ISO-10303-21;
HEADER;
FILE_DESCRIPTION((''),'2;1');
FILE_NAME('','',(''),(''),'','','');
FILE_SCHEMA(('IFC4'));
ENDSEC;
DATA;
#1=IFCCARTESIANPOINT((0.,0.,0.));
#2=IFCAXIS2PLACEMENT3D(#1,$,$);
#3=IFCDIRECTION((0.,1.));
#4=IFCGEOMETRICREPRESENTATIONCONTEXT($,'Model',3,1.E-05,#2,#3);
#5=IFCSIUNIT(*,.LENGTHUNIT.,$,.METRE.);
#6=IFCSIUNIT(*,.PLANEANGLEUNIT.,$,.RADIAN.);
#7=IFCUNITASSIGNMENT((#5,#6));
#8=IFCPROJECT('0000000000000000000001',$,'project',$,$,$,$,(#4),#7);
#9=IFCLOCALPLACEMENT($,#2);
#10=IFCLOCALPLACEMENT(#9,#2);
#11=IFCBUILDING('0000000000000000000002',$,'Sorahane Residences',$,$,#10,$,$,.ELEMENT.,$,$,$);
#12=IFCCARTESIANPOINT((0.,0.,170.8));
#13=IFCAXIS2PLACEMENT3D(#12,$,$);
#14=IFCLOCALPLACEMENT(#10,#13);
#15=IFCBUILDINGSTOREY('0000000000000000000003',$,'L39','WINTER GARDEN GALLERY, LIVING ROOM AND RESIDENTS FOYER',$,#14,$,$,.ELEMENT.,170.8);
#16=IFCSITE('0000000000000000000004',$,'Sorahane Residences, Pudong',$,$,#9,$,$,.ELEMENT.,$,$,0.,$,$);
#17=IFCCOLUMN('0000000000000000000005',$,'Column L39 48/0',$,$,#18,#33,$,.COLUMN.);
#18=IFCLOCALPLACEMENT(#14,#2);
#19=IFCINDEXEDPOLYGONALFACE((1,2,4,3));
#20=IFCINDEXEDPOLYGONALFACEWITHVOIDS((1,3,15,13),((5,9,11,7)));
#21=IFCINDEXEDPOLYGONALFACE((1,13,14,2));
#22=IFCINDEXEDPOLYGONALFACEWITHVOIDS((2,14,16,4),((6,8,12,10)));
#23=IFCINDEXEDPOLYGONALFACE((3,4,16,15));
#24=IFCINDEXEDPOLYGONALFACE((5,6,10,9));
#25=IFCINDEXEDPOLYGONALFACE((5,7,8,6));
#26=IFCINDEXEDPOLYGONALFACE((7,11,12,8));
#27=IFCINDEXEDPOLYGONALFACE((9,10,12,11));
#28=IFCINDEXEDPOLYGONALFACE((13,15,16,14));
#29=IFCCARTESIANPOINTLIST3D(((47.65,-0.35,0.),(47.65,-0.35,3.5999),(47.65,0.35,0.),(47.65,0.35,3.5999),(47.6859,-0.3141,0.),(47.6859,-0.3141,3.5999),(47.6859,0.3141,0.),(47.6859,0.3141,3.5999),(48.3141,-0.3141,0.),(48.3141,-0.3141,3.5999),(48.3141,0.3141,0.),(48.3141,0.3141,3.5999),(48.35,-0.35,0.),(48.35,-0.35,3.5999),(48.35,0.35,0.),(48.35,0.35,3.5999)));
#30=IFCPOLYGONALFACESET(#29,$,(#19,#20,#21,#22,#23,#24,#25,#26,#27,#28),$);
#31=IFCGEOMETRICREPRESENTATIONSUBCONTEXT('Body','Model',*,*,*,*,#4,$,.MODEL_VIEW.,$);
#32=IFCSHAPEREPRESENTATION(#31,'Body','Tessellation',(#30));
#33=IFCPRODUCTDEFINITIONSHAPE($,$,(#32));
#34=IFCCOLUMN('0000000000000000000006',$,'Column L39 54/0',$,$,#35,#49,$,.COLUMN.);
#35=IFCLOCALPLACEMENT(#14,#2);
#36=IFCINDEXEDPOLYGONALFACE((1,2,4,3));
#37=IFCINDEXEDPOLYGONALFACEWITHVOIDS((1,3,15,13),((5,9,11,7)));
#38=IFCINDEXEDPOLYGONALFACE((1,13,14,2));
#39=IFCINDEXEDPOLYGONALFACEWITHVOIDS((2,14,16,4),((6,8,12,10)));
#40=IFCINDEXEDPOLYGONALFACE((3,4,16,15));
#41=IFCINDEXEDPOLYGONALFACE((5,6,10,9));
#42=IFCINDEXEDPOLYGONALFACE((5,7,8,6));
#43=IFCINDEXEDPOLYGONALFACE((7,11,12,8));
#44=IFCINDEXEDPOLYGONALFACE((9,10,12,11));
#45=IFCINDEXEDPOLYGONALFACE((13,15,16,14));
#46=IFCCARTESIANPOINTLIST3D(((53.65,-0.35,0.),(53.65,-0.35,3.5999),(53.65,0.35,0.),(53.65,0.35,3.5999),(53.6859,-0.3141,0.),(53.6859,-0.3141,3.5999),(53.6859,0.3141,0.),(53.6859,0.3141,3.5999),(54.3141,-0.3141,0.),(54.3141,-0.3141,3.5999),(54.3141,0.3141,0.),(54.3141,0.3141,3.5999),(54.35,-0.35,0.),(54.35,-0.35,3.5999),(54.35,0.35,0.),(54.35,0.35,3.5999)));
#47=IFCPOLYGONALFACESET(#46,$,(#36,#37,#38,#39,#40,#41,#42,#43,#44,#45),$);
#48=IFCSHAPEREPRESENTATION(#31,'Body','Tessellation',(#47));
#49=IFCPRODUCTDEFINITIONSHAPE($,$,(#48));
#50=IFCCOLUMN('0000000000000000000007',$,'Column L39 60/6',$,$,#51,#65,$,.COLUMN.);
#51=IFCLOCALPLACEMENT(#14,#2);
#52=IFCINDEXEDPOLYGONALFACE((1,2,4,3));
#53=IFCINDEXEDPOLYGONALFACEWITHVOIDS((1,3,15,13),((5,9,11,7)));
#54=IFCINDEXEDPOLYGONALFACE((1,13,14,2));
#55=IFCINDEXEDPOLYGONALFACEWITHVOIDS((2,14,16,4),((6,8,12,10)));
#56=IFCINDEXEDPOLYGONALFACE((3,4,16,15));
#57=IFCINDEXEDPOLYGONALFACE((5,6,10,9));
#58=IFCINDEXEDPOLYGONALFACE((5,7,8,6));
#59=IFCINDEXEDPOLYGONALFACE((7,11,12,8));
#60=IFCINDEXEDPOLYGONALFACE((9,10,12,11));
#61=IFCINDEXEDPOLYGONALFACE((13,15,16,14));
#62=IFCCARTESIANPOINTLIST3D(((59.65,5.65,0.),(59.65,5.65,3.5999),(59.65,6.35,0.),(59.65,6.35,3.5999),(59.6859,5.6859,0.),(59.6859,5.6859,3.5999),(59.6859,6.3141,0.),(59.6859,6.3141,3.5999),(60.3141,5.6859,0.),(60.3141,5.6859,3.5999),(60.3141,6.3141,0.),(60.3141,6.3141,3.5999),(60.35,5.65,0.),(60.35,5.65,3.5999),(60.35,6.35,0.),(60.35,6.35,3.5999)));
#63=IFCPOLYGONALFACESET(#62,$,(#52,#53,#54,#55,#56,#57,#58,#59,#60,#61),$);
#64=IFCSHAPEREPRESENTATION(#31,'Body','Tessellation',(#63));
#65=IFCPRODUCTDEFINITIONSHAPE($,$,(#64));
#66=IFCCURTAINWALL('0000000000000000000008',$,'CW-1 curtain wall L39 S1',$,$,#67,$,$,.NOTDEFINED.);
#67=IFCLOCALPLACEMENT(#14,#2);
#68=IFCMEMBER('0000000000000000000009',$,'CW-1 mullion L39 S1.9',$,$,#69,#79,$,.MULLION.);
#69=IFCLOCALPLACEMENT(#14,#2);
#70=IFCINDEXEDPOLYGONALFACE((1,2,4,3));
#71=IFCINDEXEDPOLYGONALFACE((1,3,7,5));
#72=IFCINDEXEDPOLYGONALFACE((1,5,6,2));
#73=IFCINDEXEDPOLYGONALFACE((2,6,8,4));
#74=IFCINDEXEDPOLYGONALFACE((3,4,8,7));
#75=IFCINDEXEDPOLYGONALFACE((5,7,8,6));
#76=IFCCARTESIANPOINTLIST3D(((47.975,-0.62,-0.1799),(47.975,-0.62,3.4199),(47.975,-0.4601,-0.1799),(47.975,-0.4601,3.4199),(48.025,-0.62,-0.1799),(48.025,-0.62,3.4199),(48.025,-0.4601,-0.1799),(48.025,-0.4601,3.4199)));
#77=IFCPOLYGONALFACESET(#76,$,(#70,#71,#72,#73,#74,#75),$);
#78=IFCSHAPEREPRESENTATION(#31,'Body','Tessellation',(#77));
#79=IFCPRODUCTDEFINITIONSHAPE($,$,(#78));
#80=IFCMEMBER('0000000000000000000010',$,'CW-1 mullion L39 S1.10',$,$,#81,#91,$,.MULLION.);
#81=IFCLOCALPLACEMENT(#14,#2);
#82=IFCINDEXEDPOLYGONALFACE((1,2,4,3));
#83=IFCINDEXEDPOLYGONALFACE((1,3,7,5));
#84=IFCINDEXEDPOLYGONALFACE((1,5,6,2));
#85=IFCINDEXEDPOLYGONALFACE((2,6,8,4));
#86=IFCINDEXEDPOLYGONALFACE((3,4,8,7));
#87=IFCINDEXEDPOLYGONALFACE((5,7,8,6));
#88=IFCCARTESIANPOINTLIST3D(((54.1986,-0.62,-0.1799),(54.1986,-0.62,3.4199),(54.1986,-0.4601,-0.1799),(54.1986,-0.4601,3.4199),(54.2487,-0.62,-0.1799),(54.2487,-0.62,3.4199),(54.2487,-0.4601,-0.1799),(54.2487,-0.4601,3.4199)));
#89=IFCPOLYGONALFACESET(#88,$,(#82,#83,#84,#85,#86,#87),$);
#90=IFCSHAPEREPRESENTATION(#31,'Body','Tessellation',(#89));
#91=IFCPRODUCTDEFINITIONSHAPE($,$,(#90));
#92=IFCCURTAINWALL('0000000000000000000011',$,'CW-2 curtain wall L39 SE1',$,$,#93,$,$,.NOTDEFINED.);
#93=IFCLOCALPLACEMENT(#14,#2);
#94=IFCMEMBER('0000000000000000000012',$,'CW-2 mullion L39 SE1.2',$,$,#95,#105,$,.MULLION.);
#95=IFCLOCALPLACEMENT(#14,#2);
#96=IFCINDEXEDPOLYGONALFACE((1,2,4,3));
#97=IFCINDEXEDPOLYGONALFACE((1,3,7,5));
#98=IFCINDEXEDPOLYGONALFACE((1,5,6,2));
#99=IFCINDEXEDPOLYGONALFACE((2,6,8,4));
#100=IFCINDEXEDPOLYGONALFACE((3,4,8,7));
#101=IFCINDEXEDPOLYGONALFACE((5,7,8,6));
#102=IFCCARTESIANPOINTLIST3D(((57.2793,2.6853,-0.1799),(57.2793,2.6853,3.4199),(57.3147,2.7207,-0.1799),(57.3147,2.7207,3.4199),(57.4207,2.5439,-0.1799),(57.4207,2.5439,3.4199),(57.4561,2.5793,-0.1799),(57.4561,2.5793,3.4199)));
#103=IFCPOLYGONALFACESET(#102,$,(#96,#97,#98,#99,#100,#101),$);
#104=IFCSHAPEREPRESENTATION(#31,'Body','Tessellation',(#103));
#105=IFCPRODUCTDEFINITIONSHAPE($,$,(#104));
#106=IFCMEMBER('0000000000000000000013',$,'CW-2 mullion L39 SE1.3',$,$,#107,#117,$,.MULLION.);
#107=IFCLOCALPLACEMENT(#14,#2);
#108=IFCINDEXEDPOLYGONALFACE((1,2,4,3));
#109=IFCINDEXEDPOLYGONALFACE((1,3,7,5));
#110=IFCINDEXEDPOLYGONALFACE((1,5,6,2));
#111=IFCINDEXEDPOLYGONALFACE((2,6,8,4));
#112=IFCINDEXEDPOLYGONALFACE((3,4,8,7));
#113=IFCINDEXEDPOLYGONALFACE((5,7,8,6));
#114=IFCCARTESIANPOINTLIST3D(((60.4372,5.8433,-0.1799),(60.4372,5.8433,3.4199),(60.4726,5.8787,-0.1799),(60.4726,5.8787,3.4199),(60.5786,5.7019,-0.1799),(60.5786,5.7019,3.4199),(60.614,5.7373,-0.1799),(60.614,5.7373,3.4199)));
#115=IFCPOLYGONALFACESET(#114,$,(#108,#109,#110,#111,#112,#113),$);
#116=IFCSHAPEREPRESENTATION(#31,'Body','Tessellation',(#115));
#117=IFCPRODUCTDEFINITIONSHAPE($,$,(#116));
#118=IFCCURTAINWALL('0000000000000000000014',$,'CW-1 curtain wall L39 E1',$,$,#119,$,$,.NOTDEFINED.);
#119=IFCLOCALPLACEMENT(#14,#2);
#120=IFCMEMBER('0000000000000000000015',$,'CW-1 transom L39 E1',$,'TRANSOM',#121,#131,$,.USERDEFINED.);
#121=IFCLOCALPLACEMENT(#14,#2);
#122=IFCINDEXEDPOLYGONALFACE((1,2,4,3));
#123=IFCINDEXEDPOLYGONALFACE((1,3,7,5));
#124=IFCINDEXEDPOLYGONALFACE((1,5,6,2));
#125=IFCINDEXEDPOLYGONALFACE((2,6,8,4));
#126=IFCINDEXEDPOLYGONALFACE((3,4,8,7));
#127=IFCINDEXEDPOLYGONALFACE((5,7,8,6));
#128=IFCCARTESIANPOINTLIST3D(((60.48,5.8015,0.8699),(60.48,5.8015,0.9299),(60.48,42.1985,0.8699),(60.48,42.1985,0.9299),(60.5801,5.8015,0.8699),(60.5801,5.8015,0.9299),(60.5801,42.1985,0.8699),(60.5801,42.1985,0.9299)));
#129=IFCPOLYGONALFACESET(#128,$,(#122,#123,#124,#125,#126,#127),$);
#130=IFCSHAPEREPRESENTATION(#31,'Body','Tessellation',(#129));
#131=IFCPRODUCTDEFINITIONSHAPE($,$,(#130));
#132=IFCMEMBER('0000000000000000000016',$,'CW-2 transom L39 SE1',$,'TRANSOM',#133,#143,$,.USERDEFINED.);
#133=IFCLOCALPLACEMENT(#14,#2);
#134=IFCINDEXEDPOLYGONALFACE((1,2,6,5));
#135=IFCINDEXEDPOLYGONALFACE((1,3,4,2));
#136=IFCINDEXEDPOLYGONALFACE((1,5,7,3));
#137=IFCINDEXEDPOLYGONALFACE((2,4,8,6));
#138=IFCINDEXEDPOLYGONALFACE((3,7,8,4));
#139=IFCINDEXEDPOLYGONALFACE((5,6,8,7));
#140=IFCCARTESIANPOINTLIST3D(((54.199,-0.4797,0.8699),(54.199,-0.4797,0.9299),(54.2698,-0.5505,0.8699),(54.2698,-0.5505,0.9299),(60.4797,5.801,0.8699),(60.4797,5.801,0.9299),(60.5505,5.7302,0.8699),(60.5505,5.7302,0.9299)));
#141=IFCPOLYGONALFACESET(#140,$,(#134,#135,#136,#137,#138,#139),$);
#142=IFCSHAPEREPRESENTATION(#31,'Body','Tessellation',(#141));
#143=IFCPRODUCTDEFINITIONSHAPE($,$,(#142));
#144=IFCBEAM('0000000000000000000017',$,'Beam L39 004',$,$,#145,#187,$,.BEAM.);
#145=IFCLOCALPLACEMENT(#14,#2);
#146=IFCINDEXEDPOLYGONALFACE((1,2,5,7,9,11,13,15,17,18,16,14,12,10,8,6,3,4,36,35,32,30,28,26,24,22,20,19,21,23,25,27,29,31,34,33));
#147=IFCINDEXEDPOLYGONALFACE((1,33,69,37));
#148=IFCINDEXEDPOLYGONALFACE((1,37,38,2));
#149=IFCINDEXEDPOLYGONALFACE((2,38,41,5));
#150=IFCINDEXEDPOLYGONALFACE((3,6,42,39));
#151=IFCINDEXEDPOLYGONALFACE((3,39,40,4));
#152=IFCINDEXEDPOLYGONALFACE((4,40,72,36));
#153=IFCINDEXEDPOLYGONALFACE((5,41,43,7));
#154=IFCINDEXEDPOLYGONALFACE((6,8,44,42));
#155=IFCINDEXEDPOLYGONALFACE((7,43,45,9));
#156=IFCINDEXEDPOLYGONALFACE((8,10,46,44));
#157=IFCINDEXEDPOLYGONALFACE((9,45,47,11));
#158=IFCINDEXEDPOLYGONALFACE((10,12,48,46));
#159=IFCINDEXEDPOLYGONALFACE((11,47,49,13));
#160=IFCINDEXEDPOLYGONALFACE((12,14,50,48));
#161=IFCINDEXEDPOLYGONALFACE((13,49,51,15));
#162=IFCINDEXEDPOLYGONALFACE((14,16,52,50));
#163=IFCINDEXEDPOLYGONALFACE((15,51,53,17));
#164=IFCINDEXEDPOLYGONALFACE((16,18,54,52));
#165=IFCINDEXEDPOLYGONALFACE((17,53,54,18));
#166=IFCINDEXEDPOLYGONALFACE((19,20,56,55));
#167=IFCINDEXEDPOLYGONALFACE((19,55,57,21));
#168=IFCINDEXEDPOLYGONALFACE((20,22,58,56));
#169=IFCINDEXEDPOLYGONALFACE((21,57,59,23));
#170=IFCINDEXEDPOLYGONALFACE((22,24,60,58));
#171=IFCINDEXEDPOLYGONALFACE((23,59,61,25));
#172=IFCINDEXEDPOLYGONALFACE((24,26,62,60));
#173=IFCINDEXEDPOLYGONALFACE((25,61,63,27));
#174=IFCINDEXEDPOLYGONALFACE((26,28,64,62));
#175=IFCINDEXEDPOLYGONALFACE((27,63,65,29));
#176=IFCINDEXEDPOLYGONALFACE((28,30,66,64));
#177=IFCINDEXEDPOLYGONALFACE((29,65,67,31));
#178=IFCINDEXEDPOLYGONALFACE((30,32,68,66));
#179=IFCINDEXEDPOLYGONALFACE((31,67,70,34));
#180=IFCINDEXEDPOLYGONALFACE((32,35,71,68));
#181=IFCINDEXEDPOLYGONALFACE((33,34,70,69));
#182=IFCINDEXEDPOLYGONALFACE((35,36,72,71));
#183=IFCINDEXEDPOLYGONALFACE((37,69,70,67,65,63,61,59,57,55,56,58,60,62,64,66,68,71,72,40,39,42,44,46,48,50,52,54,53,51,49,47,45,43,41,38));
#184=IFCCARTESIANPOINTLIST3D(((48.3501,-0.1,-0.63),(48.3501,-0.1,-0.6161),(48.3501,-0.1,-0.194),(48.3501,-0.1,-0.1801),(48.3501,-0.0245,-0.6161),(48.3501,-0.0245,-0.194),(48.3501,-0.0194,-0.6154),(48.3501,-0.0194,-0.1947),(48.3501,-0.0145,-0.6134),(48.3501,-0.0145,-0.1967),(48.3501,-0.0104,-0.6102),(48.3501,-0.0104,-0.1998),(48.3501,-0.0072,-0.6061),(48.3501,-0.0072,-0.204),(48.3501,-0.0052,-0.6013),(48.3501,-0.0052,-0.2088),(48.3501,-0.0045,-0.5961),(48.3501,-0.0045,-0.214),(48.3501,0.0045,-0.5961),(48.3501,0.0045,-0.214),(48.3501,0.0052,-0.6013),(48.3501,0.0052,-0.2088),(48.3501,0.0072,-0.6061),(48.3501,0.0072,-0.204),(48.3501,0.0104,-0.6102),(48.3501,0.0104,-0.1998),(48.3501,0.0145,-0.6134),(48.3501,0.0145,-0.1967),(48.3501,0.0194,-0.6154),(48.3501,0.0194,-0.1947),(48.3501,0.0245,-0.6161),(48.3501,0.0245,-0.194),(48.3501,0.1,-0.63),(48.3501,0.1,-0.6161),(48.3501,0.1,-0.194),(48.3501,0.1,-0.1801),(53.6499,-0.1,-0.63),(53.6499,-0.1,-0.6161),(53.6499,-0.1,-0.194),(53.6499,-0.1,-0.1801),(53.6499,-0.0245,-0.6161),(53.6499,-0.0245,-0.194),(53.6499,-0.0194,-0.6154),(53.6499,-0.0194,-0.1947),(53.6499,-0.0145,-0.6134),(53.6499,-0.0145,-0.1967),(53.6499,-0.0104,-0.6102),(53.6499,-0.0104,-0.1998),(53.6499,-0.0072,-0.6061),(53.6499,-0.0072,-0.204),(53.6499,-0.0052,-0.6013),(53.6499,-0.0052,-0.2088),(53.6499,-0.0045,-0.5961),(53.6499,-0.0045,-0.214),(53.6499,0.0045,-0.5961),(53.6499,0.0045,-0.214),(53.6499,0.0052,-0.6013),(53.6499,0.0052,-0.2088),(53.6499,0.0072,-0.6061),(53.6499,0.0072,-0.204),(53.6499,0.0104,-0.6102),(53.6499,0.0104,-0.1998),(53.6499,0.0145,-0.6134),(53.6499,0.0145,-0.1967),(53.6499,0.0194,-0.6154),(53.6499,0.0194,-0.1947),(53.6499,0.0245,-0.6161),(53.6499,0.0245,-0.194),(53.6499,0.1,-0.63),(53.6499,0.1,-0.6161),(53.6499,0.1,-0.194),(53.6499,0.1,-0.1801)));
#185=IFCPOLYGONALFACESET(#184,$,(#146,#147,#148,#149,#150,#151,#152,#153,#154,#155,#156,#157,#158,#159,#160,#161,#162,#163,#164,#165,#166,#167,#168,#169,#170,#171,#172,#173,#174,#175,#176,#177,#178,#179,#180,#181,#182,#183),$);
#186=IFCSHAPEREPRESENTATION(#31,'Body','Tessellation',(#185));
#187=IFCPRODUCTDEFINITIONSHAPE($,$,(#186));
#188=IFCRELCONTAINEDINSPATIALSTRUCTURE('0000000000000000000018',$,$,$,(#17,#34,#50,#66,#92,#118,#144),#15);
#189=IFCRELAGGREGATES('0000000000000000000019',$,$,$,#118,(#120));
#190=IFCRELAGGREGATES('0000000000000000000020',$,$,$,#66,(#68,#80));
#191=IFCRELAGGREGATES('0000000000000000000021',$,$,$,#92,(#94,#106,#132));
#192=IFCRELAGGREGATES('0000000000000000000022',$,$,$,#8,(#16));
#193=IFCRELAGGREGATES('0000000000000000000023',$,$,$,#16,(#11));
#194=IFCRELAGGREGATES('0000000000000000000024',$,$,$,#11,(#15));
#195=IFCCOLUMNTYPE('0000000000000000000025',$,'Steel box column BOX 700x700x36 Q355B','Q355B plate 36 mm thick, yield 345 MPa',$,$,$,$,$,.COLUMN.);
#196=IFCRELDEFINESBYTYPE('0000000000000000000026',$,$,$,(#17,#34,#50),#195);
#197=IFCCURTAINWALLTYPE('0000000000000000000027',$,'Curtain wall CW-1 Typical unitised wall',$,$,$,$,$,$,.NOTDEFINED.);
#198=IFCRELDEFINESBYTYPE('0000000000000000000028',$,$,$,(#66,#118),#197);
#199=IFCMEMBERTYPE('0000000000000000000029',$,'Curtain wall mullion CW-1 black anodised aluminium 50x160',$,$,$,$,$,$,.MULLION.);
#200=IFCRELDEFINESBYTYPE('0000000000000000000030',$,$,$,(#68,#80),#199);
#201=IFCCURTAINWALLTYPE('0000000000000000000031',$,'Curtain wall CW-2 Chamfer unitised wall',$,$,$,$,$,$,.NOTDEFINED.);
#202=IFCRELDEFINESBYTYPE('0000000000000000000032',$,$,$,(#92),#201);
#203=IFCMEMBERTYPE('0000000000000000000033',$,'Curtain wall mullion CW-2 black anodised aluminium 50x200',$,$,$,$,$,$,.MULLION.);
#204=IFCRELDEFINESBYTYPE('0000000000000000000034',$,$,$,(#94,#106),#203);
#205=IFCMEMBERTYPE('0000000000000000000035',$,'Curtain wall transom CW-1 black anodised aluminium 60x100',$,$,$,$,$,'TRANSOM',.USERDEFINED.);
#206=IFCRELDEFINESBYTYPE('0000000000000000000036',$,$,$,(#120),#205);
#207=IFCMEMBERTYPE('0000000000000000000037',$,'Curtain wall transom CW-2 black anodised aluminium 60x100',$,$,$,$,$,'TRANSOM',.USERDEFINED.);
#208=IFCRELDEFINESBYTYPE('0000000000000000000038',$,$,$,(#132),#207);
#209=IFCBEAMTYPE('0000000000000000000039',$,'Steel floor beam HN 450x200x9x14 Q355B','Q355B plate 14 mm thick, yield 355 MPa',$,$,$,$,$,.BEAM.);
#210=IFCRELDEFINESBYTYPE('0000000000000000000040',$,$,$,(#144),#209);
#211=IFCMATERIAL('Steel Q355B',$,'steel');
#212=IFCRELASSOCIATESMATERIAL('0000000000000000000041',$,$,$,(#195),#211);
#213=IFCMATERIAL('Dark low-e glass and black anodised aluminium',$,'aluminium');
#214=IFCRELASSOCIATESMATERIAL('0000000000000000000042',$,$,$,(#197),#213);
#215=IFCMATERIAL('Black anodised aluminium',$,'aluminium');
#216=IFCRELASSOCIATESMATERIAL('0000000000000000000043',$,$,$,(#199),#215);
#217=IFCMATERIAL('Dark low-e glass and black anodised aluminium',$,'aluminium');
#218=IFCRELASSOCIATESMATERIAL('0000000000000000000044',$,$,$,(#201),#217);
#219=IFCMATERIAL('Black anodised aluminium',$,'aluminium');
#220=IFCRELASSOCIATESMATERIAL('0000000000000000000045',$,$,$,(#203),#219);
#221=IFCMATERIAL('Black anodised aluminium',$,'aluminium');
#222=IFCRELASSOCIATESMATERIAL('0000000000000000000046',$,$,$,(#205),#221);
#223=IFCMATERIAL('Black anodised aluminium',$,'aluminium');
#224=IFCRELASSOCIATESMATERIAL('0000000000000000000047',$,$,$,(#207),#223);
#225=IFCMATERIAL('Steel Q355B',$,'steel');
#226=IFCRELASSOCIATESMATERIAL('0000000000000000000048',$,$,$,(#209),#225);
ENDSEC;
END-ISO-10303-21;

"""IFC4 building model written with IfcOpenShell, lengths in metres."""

from ifc_helpers import new_model, si_unit, direction, frame, origin, origin_2d, place, context, subcontext, project, spatial, rectangle, hollow_rectangle, i_section, extrude, material, material_profile, profile_set, type_object, element, aggregate, save


model = new_model("IFC4")

# Units and contexts
model_context = context("Model", 3, precision=1e-05, world=origin(), true_north=direction((0.0, 1.0)))
body_context = subcontext(model_context, "Body", "Model", "MODEL_VIEW")
ifc_project = project(units=[si_unit("LENGTHUNIT", "METRE"), si_unit("PLANEANGLEUNIT", "RADIAN")], contexts=[model_context])

# Site, building, storey
site_placement = place(None, origin())
site = spatial("IfcSite", under=ifc_project, at=site_placement, Name="Sorahane Residences, Pudong", CompositionType="ELEMENT", RefElevation=0.0)
building_placement = place(site_placement, origin())
building = spatial("IfcBuilding", under=site, at=building_placement, Name="Sorahane Residences", CompositionType="ELEMENT")
storey_placement = place(building_placement, frame((0.0, 0.0, 170.8)))
storey = spatial("IfcBuildingStorey", under=building, at=storey_placement, Name="L39", Description="WINTER GARDEN GALLERY, LIVING ROOM AND RESIDENTS FOYER", CompositionType="ELEMENT", Elevation=170.8)

# Columns
ifc_material_1 = material(Name="Steel Q355B", Category="steel")
ifc_material_profile_1 = material_profile(ifc_material_1, hollow_rectangle(XDim=0.7, YDim=0.7, WallThickness=0.0359, at=origin_2d()), Name="BOX 700x700x36")
ifc_profile_set_1 = profile_set([ifc_material_profile_1], Name="Steel Q355B")
column_type = type_object("IfcColumnType", Name="Steel box column BOX 700x700x36 Q355B", Description="Q355B plate 36 mm thick, yield 345 MPa", PredefinedType="COLUMN", material=ifc_profile_set_1)
for number, where, z_axis, x_axis, name in (
    (1, (48.0, 0.0, 0.0), (0.0, 0.0, 1.0), (1.0, 0.0, 0.0), "Column L39 48/0"),
    (2, (54.0, 0.0, 0.0), (0.0, 0.0, 1.0), (1.0, 0.0, 0.0), "Column L39 54/0"),
    (3, (60.0, 6.0, 0.0), (0.0, 0.0, 1.0), (1.0, 0.0, 0.0), "Column L39 60/6"),
):
    element("IfcColumn", number, at=place(storey_placement, frame(where, z_axis=z_axis, x_axis=x_axis)), inside=storey, type_object=column_type, Name=name, PredefinedType="COLUMN", context=body_context, shape_type="SweptSolid", body=[
        extrude(hollow_rectangle(XDim=0.7, YDim=0.7, WallThickness=0.0359, at=origin_2d()), origin(), (0.0, 0.0, 1.0), 3.5999),
    ])

# Curtain walls, members
ifc_material_2 = material(Name="Dark low-e glass and black anodised aluminium", Category="aluminium")
curtain_wall_type_1 = type_object("IfcCurtainWallType", Name="Curtain wall CW-1 Typical unitised wall", PredefinedType="NOTDEFINED", material=ifc_material_2)
curtain_wall_1_placement = place(storey_placement, origin())
curtain_wall_1 = element("IfcCurtainWall", 4, at=curtain_wall_1_placement, inside=storey, type_object=curtain_wall_type_1, Name="CW-1 curtain wall L39 S1", PredefinedType="NOTDEFINED")
ifc_material_3 = material(Name="Black anodised aluminium", Category="aluminium")
ifc_material_profile_2 = material_profile(ifc_material_3, rectangle(XDim=0.1599, YDim=0.05, at=origin_2d()), Name="Curtain wall mullion CW-1 black anodised aluminium 50x160")
ifc_profile_set_2 = profile_set([ifc_material_profile_2], Name="Black anodised aluminium")
member_type_1 = type_object("IfcMemberType", Name="Curtain wall mullion CW-1 black anodised aluminium 50x160", PredefinedType="MULLION", material=ifc_profile_set_2)
member_1_placement = place(storey_placement, frame((48.0, -0.54, -0.1799), z_axis=(0.0, 0.0, 1.0), x_axis=(0.0, -1.0, 0.0)))
member_1 = element("IfcMember", 5, at=member_1_placement, type_object=member_type_1, Name="CW-1 mullion L39 S1.9", PredefinedType="MULLION", context=body_context, shape_type="SweptSolid", body=[
    extrude(rectangle(XDim=0.1599, YDim=0.05, at=origin_2d()), origin(), (0.0, 0.0, 1.0), 3.5999),
])
member_2_placement = place(storey_placement, frame((54.2236, -0.54, -0.1799), z_axis=(0.0, 0.0, 1.0), x_axis=(0.0, -1.0, 0.0)))
member_2 = element("IfcMember", 6, at=member_2_placement, type_object=member_type_1, Name="CW-1 mullion L39 S1.10", PredefinedType="MULLION", context=body_context, shape_type="SweptSolid", body=[
    extrude(rectangle(XDim=0.1599, YDim=0.05, at=origin_2d()), origin(), (0.0, 0.0, 1.0), 3.5999),
])
ifc_material_4 = material(Name="Dark low-e glass and black anodised aluminium", Category="aluminium")
curtain_wall_type_2 = type_object("IfcCurtainWallType", Name="Curtain wall CW-2 Chamfer unitised wall", PredefinedType="NOTDEFINED", material=ifc_material_4)
curtain_wall_2_placement = place(storey_placement, origin())
curtain_wall_2 = element("IfcCurtainWall", 7, at=curtain_wall_2_placement, inside=storey, type_object=curtain_wall_type_2, Name="CW-2 curtain wall L39 SE1", PredefinedType="NOTDEFINED")
ifc_material_5 = material(Name="Black anodised aluminium", Category="aluminium")
ifc_material_profile_3 = material_profile(ifc_material_5, rectangle(XDim=0.2, YDim=0.05, at=origin_2d()), Name="Curtain wall mullion CW-2 black anodised aluminium 50x200")
ifc_profile_set_3 = profile_set([ifc_material_profile_3], Name="Black anodised aluminium")
member_type_2 = type_object("IfcMemberType", Name="Curtain wall mullion CW-2 black anodised aluminium 50x200", PredefinedType="MULLION", material=ifc_profile_set_3)
member_3_placement = place(storey_placement, frame((57.3677, 2.6323, -0.1799), z_axis=(0.0, 0.0, 1.0), x_axis=(0.707107, -0.707107, 0.0)))
member_3 = element("IfcMember", 8, at=member_3_placement, type_object=member_type_2, Name="CW-2 mullion L39 SE1.2", PredefinedType="MULLION", context=body_context, shape_type="SweptSolid", body=[
    extrude(rectangle(XDim=0.2, YDim=0.05, at=origin_2d()), origin(), (0.0, 0.0, 1.0), 3.5999),
])
member_4_placement = place(storey_placement, frame((60.5256, 5.7903, -0.1799), z_axis=(0.0, 0.0, 1.0), x_axis=(0.707107, -0.707107, 0.0)))
member_4 = element("IfcMember", 9, at=member_4_placement, type_object=member_type_2, Name="CW-2 mullion L39 SE1.3", PredefinedType="MULLION", context=body_context, shape_type="SweptSolid", body=[
    extrude(rectangle(XDim=0.2, YDim=0.05, at=origin_2d()), origin(), (0.0, 0.0, 1.0), 3.5999),
])

# Curtain wall, member
curtain_wall_3_placement = place(storey_placement, origin())
curtain_wall_3 = element("IfcCurtainWall", 10, at=curtain_wall_3_placement, inside=storey, type_object=curtain_wall_type_1, Name="CW-1 curtain wall L39 E1", PredefinedType="NOTDEFINED")
ifc_material_6 = material(Name="Black anodised aluminium", Category="aluminium")
ifc_material_profile_4 = material_profile(ifc_material_6, rectangle(XDim=0.1001, YDim=0.0601, at=origin_2d()), Name="Curtain wall transom CW-1 black anodised aluminium 60x100")
ifc_profile_set_4 = profile_set([ifc_material_profile_4], Name="Black anodised aluminium")
member_type_3 = type_object("IfcMemberType", Name="Curtain wall transom CW-1 black anodised aluminium 60x100", ElementType="TRANSOM", PredefinedType="USERDEFINED", material=ifc_profile_set_4)
member_5_placement = place(storey_placement, frame((60.53, 5.8015, 0.8999), z_axis=(0.0, 1.0, 0.0), x_axis=(-1.0, 0.0, 0.0)))
member_5 = element("IfcMember", 11, at=member_5_placement, type_object=member_type_3, Name="CW-1 transom L39 E1", ObjectType="TRANSOM", PredefinedType="USERDEFINED", context=body_context, shape_type="SweptSolid", body=[
    extrude(rectangle(XDim=0.1001, YDim=0.0601, at=origin_2d()), origin(), (0.0, 0.0, 1.0), 36.397),
])
aggregate(curtain_wall_3, [member_5])

# Member
ifc_material_7 = material(Name="Black anodised aluminium", Category="aluminium")
ifc_material_profile_5 = material_profile(ifc_material_7, rectangle(XDim=0.1001, YDim=0.0601, at=origin_2d()), Name="Curtain wall transom CW-2 black anodised aluminium 60x100")
ifc_profile_set_5 = profile_set([ifc_material_profile_5], Name="Black anodised aluminium")
member_type_4 = type_object("IfcMemberType", Name="Curtain wall transom CW-2 black anodised aluminium 60x100", ElementType="TRANSOM", PredefinedType="USERDEFINED", material=ifc_profile_set_5)
member_6_placement = place(storey_placement, frame((54.2344, -0.5151, 0.8999), z_axis=(0.707107, 0.707107, 0.0), x_axis=(-0.707107, 0.707107, 0.0)))
member_6 = element("IfcMember", 12, at=member_6_placement, type_object=member_type_4, Name="CW-2 transom L39 SE1", ObjectType="TRANSOM", PredefinedType="USERDEFINED", context=body_context, shape_type="SweptSolid", body=[
    extrude(rectangle(XDim=0.1001, YDim=0.0601, at=origin_2d()), origin(), (0.0, 0.0, 1.0), 8.8823),
])

# Beam
ifc_material_8 = material(Name="Steel Q355B", Category="steel")
ifc_material_profile_6 = material_profile(ifc_material_8, i_section(OverallWidth=0.2, OverallDepth=0.45, WebThickness=0.009, FlangeThickness=0.0139, FilletRadius=0.02, at=origin_2d()), Name="HN 450x200x9x14")
ifc_profile_set_6 = profile_set([ifc_material_profile_6], Name="Steel Q355B")
beam_type_1 = type_object("IfcBeamType", Name="Steel floor beam HN 450x200x9x14 Q355B", Description="Q355B plate 14 mm thick, yield 355 MPa", PredefinedType="BEAM", material=ifc_profile_set_6)
for number, where, z_axis, x_axis, name in (
    (13, (48.3501, 0.0, -0.405), (1.0, 0.0, 0.0), (0.0, 1.0, 0.0), "Beam L39 004"),
):
    element("IfcBeam", number, at=place(storey_placement, frame(where, z_axis=z_axis, x_axis=x_axis)), inside=storey, type_object=beam_type_1, Name=name, PredefinedType="BEAM", context=body_context, shape_type="SweptSolid", body=[
        extrude(i_section(OverallWidth=0.2, OverallDepth=0.45, WebThickness=0.009, FlangeThickness=0.0139, FilletRadius=0.02, at=origin_2d()), origin(), (0.0, 0.0, 1.0), 5.2998),
    ])

aggregate(curtain_wall_1, [member_1, member_2])
aggregate(curtain_wall_2, [member_3, member_4, member_6])

save(model, "model.ifc")
